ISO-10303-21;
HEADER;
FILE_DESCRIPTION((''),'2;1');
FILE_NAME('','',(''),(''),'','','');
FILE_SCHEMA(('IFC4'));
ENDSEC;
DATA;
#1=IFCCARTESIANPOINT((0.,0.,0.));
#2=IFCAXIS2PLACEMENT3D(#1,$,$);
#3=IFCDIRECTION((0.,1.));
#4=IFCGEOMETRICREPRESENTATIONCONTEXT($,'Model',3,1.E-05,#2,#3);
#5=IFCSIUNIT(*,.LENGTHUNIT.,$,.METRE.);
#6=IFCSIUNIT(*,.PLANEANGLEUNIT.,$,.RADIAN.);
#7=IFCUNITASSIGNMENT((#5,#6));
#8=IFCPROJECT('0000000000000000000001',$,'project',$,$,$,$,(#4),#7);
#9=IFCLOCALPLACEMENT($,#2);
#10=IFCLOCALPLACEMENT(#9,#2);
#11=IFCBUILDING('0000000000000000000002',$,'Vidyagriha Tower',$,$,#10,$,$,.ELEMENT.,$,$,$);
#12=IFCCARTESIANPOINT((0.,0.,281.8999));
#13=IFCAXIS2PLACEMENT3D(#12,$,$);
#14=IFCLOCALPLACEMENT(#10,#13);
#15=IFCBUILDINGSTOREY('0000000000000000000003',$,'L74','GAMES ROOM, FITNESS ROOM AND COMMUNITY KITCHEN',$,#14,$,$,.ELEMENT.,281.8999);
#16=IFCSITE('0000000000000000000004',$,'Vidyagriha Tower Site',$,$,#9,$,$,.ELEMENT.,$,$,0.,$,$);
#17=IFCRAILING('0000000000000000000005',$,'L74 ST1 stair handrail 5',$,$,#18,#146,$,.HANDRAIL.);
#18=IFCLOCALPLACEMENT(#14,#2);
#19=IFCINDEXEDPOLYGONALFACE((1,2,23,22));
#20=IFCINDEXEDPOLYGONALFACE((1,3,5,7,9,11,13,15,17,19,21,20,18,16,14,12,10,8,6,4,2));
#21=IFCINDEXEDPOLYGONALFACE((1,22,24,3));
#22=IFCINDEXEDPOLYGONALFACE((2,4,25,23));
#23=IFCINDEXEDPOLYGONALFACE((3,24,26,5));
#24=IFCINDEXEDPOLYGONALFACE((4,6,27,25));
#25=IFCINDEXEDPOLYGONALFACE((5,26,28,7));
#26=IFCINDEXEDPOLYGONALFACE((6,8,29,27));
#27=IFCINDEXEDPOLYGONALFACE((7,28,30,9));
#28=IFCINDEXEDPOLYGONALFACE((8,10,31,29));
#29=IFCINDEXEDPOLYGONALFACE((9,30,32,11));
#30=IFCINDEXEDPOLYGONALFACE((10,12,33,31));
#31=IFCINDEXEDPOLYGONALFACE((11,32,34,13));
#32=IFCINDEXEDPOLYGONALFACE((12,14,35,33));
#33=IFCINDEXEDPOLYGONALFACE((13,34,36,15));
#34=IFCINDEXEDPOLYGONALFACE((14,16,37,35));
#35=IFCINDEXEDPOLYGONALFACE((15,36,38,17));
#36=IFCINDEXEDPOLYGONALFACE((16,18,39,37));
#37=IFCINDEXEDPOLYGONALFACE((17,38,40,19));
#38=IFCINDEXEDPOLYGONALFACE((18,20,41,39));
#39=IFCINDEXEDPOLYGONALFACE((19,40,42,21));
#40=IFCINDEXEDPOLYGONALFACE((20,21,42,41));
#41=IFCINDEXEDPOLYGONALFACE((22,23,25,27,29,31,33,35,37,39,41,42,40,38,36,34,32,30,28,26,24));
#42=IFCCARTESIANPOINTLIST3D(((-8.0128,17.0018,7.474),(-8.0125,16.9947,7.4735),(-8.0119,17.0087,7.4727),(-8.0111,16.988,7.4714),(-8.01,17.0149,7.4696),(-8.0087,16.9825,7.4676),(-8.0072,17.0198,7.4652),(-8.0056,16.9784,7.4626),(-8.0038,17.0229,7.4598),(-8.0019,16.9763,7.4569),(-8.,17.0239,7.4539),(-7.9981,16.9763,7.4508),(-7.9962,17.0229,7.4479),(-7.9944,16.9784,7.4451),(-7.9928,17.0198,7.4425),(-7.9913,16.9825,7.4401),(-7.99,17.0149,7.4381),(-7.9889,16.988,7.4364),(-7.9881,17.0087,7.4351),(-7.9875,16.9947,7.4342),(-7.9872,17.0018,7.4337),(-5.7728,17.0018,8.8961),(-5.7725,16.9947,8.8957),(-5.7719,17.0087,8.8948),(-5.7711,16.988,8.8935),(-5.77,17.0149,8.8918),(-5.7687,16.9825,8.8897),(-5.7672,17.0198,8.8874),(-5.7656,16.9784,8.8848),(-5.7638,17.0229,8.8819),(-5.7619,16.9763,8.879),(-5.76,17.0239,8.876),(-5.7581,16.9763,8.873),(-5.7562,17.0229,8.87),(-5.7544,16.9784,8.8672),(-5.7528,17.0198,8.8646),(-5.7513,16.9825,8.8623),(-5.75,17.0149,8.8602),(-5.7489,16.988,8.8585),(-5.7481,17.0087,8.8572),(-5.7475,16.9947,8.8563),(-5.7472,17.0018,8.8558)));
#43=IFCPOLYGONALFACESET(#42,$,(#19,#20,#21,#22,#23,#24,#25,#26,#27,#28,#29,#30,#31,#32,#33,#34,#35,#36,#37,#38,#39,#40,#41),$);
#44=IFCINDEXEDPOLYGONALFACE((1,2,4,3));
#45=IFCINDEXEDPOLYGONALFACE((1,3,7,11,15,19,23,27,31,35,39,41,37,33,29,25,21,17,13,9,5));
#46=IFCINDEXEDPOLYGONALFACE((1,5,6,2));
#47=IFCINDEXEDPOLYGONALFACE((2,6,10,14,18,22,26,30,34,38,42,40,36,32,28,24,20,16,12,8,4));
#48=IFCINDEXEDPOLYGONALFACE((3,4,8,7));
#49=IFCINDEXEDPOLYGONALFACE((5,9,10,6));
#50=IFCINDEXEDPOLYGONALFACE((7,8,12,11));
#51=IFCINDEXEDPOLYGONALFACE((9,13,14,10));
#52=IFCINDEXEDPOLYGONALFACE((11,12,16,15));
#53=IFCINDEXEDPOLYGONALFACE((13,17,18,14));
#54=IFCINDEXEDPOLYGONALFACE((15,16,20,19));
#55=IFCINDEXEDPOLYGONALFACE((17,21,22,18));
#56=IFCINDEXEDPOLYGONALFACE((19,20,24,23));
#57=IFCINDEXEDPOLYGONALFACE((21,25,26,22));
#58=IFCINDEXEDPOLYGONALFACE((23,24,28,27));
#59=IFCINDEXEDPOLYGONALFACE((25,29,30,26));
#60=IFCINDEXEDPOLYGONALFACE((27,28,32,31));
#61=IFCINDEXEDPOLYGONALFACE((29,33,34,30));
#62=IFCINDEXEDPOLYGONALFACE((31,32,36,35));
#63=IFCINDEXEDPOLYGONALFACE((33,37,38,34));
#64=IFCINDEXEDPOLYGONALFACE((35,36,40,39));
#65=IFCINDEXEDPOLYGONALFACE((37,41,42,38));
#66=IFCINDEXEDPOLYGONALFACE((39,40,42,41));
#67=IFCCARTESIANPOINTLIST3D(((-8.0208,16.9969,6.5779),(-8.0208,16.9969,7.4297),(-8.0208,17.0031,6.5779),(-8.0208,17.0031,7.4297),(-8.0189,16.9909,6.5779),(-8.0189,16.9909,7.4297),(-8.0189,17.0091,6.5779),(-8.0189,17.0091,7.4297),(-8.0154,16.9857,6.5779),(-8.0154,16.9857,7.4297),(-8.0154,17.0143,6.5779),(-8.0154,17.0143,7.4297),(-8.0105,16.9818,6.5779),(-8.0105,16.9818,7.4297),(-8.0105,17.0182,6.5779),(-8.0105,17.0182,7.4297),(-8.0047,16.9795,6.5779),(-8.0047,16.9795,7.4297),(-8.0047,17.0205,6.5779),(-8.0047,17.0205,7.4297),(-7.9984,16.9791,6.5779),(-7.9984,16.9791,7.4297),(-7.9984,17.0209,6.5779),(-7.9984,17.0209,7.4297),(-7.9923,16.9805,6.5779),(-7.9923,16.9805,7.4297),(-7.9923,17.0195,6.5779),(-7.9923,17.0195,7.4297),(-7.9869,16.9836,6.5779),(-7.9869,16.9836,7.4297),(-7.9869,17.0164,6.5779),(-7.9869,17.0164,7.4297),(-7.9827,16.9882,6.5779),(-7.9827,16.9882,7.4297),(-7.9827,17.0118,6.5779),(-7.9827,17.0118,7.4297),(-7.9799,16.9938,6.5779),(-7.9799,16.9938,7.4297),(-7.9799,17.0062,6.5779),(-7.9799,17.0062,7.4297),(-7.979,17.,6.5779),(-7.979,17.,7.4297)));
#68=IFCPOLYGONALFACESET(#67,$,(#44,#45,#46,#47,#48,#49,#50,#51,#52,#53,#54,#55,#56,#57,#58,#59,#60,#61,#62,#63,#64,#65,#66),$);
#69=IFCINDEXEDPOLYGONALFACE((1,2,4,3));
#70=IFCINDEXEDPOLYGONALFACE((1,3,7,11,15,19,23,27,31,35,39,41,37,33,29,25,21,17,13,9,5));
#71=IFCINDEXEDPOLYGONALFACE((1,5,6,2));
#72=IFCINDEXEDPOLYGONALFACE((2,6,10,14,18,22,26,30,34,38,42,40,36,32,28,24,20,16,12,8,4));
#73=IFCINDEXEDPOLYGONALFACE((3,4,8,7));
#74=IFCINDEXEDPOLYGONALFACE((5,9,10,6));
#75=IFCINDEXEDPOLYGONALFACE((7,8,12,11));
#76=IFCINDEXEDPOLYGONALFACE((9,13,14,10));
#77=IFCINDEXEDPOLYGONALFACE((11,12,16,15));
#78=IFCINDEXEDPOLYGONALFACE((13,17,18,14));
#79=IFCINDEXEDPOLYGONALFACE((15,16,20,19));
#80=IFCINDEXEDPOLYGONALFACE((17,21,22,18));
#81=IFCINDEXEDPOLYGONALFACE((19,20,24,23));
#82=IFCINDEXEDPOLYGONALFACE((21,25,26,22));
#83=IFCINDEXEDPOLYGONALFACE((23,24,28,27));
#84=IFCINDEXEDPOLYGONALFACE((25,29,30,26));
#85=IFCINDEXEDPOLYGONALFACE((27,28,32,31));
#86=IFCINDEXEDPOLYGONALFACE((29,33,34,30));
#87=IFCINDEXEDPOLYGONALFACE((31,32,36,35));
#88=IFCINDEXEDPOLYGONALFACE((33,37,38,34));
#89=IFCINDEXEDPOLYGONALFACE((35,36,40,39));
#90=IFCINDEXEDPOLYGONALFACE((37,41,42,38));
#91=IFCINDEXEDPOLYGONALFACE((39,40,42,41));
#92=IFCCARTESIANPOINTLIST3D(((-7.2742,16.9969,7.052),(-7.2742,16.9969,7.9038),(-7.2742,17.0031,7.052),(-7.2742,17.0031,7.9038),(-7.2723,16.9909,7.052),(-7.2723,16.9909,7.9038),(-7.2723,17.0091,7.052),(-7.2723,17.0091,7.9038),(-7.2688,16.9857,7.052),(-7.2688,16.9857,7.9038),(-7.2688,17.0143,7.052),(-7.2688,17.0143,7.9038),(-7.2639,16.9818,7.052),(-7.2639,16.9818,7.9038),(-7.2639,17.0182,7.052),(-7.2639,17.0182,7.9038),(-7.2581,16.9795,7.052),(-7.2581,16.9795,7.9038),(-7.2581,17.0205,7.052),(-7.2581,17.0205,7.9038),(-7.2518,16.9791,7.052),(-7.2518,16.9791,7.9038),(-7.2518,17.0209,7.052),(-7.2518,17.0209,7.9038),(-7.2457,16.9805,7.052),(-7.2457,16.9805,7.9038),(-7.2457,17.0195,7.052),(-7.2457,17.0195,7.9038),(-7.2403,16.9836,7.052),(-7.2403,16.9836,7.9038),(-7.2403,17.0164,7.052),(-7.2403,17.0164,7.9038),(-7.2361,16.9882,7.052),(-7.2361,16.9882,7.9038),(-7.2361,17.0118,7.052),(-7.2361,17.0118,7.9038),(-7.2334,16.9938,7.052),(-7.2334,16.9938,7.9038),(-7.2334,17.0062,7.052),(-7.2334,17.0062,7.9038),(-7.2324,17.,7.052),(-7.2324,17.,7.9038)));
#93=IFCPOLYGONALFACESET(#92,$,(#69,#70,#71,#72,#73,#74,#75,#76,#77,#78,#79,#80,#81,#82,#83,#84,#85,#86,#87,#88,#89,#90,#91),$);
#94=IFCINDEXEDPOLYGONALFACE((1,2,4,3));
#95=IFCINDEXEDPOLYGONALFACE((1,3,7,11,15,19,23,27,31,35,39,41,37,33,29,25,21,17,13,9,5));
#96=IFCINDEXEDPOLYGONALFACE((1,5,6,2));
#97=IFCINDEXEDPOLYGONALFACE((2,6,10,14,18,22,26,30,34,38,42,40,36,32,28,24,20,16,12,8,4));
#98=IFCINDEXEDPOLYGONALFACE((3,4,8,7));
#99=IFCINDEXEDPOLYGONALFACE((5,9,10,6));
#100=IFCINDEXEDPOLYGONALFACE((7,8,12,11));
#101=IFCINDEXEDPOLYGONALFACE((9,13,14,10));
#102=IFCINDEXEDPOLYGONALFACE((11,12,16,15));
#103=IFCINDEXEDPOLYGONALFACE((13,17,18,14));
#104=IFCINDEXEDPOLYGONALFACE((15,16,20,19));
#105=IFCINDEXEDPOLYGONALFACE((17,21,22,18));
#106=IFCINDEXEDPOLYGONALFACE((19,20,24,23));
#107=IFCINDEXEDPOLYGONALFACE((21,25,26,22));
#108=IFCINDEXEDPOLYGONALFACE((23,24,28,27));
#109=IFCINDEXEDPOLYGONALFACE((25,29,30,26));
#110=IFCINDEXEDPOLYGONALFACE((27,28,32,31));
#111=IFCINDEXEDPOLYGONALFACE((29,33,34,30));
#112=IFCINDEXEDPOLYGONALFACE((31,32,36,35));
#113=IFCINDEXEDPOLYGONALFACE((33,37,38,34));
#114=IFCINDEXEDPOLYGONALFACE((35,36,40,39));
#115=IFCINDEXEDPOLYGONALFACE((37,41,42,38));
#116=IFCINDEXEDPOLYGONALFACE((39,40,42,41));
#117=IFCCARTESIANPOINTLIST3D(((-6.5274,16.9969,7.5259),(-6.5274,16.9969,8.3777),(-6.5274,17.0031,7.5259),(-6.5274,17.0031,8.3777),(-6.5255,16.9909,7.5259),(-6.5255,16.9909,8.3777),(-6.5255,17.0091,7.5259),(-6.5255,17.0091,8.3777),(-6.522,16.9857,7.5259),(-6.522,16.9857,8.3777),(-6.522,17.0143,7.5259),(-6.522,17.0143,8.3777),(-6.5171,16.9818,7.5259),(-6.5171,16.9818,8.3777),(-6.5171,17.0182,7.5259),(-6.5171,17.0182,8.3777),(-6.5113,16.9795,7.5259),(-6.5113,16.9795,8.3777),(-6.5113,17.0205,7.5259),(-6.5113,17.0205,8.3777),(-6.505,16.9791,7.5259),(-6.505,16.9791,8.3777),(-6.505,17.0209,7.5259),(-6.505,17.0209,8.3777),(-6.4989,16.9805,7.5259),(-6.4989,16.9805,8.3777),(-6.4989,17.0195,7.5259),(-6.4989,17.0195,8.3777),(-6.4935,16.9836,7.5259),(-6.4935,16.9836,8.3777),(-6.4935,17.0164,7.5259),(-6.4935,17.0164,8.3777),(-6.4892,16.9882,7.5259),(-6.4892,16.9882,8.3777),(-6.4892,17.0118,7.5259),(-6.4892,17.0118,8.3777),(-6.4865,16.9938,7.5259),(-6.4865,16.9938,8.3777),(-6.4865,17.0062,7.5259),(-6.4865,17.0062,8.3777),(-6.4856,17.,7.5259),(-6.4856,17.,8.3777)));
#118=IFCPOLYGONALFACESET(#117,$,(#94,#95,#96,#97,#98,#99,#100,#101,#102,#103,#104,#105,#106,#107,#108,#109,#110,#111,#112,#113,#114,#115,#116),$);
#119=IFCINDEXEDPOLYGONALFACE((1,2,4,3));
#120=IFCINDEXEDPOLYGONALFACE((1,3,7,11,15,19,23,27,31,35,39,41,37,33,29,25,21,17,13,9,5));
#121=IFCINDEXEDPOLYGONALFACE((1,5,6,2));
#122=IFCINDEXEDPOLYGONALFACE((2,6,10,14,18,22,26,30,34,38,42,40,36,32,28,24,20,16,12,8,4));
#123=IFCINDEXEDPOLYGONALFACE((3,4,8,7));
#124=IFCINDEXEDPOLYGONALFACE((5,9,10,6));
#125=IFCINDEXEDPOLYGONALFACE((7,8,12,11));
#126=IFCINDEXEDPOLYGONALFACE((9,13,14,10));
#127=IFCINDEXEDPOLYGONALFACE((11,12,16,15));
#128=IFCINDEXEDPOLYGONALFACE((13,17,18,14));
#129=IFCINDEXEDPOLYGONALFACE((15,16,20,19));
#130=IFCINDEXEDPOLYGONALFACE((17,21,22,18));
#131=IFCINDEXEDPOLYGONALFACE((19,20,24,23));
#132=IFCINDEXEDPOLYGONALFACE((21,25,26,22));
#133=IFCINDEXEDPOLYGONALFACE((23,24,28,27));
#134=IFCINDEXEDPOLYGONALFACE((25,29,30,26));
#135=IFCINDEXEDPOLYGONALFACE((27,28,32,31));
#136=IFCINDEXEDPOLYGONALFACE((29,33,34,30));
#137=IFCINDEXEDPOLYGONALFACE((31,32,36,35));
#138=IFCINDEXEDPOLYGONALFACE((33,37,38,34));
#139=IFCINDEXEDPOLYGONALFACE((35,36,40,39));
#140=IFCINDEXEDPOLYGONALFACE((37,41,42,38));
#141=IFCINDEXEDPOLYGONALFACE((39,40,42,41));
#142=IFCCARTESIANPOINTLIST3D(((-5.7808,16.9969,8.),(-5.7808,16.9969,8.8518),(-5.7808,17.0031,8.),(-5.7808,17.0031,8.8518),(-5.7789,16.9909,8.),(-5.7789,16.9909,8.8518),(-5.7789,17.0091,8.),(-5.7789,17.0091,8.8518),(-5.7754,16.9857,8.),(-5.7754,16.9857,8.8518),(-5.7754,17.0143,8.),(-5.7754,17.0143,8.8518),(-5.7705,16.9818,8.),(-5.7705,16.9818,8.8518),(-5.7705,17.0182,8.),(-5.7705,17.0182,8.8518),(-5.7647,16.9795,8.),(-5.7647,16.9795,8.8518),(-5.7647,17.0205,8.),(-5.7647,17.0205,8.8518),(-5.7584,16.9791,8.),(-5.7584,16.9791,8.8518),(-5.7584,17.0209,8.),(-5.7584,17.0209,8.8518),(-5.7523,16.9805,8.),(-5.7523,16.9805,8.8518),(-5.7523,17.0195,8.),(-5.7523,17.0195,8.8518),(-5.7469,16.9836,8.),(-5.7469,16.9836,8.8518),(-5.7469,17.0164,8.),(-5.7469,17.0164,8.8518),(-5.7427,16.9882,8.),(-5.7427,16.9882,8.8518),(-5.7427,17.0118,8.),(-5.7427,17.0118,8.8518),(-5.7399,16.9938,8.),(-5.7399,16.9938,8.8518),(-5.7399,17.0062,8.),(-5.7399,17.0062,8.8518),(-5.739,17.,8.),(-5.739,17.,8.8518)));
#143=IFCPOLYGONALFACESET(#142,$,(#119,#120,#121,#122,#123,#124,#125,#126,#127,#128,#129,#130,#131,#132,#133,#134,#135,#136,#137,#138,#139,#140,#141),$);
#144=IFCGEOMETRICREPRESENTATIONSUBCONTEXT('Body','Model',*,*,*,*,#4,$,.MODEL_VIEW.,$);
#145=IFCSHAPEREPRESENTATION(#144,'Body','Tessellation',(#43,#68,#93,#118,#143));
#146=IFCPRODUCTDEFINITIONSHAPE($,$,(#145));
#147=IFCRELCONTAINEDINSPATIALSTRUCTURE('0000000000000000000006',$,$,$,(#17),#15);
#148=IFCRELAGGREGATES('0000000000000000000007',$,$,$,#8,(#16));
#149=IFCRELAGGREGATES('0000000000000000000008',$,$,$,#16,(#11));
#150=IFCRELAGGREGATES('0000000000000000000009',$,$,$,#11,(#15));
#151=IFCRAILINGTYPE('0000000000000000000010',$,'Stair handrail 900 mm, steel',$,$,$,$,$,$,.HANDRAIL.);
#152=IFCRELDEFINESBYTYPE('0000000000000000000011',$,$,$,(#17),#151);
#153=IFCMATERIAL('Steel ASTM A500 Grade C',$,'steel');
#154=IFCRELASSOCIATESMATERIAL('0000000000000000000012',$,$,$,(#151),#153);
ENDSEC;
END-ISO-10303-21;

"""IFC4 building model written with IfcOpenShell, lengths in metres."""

from ifc_helpers import new_model, si_unit, direction, frame, origin, origin_2d, place, context, subcontext, project, spatial, circle, extrude, material, type_object, element, save


model = new_model("IFC4")

# Units and contexts
model_context = context("Model", 3, precision=1e-05, world=origin(), true_north=direction((0.0, 1.0)))
body_context = subcontext(model_context, "Body", "Model", "MODEL_VIEW")
ifc_project = project(units=[si_unit("LENGTHUNIT", "METRE"), si_unit("PLANEANGLEUNIT", "RADIAN")], contexts=[model_context])

# Site, building, storey
site_placement = place(None, origin())
site = spatial("IfcSite", under=ifc_project, at=site_placement, Name="Vidyagriha Tower Site", CompositionType="ELEMENT", RefElevation=0.0)
building_placement = place(site_placement, origin())
building = spatial("IfcBuilding", under=site, at=building_placement, Name="Vidyagriha Tower", CompositionType="ELEMENT")
storey_placement = place(building_placement, frame((0.0, 0.0, 281.8999)))
storey = spatial("IfcBuildingStorey", under=building, at=storey_placement, Name="L74", Description="GAMES ROOM, FITNESS ROOM AND COMMUNITY KITCHEN", CompositionType="ELEMENT", Elevation=281.8999)

# Railing
ifc_material_1 = material(Name="Steel ASTM A500 Grade C", Category="steel")
railing_type_1 = type_object("IfcRailingType", Name="Stair handrail 900 mm, steel", PredefinedType="HANDRAIL", material=ifc_material_1)
for number, where, name in (
    (1, (-8.0, 17.0, 6.5779), "L74 ST1 stair handrail 5"),
):
    element("IfcRailing", number, at=place(storey_placement, frame(where)), inside=storey, type_object=railing_type_1, Name=name, PredefinedType="HANDRAIL", context=body_context, shape_type="SweptSolid", body=[
        extrude(circle(Radius=0.0239, at=origin_2d()), frame((0.0, 0.0, 0.876), z_axis=(0.844229, 0.0, 0.535982), x_axis=(0.0, 1.0, 0.0)), (0.0, 0.0, 1.0), 2.6533),
        extrude(circle(Radius=0.021, at=origin_2d()), origin(), (0.0, 0.0, 1.0), 0.8518),
        extrude(circle(Radius=0.021, at=origin_2d()), frame((0.7466, 0.0, 0.4741)), (0.0, 0.0, 1.0), 0.8518),
        extrude(circle(Radius=0.021, at=origin_2d()), frame((1.4934, 0.0, 0.948)), (0.0, 0.0, 1.0), 0.8518),
        extrude(circle(Radius=0.021, at=origin_2d()), frame((2.24, 0.0, 1.4221)), (0.0, 0.0, 1.0), 0.8518),
    ])

save(model, "model.ifc")
